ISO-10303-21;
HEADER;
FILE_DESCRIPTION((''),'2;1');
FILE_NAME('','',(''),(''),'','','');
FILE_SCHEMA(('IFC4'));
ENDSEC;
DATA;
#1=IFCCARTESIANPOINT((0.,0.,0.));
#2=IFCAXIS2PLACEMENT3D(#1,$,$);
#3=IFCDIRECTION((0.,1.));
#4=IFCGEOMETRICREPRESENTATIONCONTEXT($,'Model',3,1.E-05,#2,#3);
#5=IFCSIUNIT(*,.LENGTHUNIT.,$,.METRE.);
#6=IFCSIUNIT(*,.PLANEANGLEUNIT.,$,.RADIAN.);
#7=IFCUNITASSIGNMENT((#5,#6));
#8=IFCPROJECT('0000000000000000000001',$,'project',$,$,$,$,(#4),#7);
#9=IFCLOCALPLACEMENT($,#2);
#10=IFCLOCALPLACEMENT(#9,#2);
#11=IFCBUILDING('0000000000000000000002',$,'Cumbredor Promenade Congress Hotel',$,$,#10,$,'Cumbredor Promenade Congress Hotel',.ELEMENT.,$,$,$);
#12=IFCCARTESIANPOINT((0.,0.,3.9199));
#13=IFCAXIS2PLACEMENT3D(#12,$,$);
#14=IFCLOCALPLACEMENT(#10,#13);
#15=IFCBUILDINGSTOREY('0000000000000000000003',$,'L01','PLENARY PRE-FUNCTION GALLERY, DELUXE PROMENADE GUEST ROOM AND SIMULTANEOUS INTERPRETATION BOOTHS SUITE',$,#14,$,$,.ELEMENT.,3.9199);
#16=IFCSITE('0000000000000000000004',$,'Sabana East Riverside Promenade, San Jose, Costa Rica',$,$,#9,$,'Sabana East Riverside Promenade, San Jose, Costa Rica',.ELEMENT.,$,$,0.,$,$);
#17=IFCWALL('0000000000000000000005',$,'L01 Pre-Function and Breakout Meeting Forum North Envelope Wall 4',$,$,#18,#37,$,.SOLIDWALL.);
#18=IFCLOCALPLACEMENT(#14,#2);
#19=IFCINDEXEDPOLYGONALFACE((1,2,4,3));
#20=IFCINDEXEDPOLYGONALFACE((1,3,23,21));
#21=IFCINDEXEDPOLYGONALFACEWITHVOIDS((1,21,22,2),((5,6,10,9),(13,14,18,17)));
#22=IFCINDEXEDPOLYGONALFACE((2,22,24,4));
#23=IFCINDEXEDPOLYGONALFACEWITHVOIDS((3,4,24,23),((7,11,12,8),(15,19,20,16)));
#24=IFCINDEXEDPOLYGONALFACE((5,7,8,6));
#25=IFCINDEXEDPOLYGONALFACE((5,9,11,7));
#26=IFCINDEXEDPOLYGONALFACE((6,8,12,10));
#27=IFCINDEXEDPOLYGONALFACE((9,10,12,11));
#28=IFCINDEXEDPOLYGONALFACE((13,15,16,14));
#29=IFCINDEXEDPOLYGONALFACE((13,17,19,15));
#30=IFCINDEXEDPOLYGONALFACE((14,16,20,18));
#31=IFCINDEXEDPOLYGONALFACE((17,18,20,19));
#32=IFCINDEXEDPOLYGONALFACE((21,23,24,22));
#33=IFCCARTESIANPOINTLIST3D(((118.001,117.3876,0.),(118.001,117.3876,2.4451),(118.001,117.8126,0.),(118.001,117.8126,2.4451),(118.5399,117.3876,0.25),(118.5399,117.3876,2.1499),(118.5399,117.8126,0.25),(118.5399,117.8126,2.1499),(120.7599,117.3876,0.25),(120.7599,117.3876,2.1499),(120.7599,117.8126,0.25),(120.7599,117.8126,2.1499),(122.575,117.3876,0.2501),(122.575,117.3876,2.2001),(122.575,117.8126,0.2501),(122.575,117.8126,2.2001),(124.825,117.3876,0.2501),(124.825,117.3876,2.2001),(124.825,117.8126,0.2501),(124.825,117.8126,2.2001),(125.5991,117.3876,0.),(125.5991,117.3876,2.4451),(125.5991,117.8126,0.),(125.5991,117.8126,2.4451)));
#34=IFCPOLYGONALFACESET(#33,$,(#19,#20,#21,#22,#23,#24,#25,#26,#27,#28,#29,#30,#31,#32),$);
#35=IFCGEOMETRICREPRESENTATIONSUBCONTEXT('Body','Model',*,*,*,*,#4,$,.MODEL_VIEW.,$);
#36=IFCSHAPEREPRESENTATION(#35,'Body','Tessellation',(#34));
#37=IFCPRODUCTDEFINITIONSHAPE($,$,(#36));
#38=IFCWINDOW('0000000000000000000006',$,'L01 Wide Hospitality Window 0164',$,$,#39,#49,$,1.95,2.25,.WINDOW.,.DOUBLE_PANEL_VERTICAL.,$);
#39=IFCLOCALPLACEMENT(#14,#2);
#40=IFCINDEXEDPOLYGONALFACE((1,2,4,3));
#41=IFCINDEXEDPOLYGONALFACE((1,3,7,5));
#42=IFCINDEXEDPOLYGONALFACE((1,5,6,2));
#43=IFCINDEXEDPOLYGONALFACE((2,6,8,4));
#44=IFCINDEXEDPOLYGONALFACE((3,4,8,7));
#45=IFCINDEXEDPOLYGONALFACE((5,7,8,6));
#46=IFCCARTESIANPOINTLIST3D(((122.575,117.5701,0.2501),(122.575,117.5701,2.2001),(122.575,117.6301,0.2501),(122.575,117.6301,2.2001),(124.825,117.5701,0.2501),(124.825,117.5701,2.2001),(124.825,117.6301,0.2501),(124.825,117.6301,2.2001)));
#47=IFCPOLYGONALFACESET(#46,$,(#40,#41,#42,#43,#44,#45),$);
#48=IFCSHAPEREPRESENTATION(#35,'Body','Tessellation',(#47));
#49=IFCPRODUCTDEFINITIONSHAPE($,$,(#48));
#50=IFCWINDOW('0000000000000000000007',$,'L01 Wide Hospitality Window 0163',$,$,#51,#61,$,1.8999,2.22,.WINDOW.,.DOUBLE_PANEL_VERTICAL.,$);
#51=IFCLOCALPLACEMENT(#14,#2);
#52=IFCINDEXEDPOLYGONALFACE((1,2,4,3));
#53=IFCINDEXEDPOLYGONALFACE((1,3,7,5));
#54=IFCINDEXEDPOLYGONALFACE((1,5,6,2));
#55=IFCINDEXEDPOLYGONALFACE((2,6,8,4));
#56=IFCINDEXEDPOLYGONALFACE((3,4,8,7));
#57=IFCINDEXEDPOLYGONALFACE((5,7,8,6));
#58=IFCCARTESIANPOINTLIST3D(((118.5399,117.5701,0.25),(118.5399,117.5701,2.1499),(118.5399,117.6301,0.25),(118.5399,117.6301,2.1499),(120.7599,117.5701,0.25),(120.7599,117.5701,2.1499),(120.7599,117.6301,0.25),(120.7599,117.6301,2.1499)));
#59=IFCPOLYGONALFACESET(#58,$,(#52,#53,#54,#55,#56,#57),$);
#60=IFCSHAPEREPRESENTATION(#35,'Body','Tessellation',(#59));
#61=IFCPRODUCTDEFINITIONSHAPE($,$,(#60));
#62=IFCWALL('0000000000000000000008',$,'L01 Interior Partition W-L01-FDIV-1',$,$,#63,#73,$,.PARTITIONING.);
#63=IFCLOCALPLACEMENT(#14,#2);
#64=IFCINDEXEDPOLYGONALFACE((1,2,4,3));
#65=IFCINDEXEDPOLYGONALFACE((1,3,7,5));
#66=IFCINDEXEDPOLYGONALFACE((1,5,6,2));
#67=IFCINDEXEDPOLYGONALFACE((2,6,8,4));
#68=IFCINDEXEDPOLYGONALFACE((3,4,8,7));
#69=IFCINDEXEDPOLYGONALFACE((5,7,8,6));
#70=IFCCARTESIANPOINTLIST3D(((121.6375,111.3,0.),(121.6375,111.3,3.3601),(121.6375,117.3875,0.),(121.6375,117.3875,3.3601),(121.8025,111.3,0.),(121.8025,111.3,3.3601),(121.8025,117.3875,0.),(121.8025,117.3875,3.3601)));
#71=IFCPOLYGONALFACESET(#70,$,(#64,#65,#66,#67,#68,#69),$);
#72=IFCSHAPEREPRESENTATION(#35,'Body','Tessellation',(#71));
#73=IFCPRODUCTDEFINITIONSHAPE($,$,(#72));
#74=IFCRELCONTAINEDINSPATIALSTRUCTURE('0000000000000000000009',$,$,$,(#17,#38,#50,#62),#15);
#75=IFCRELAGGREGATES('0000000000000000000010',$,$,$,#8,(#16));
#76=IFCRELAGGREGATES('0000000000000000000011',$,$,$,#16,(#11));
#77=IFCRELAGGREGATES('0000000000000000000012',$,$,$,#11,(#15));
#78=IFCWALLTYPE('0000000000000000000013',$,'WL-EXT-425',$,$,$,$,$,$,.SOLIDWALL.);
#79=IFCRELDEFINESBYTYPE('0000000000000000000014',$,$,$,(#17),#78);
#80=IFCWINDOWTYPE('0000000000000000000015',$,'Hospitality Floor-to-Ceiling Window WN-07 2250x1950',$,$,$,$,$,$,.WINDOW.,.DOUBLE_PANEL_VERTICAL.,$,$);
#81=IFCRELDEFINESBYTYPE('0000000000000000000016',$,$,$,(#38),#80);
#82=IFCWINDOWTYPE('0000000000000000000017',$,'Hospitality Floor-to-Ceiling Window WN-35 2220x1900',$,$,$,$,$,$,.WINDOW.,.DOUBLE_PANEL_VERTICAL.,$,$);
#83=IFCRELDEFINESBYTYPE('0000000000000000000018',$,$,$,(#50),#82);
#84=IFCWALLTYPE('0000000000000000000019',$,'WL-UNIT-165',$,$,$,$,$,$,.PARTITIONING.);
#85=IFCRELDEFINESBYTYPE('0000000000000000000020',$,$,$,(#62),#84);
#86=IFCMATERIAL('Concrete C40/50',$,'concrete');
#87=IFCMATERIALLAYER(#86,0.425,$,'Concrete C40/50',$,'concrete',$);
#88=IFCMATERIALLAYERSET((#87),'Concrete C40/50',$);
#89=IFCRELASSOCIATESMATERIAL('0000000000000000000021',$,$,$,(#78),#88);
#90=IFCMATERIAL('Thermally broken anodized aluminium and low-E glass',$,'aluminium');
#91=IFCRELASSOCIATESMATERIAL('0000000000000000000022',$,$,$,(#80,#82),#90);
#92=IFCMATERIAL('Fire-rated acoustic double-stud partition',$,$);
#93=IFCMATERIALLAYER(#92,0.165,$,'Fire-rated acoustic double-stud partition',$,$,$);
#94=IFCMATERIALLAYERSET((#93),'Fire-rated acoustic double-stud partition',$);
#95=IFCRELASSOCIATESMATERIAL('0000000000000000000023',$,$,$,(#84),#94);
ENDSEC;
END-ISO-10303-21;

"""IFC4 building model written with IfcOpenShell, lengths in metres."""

from ifc_helpers import new_model, si_unit, direction, frame, frame_2d, origin, place, context, subcontext, project, spatial, rectangle, extrude, material, layer, layer_set, type_object, element, fill, save


model = new_model("IFC4")

# Units and contexts
model_context = context("Model", 3, precision=1e-05, world=origin(), true_north=direction((0.0, 1.0)))
body_context = subcontext(model_context, "Body", "Model", "MODEL_VIEW")
ifc_project = project(units=[si_unit("LENGTHUNIT", "METRE"), si_unit("PLANEANGLEUNIT", "RADIAN")], contexts=[model_context])

# Site, building, storey
site_placement = place(None, origin())
site = spatial("IfcSite", under=ifc_project, at=site_placement, Name="Sabana East Riverside Promenade, San Jose, Costa Rica", LongName="Sabana East Riverside Promenade, San Jose, Costa Rica", CompositionType="ELEMENT", RefElevation=0.0)
building_placement = place(site_placement, origin())
building = spatial("IfcBuilding", under=site, at=building_placement, Name="Cumbredor Promenade Congress Hotel", LongName="Cumbredor Promenade Congress Hotel", CompositionType="ELEMENT")
storey_placement = place(building_placement, frame((0.0, 0.0, 3.9199)))
storey = spatial("IfcBuildingStorey", under=building, at=storey_placement, Name="L01", Description="PLENARY PRE-FUNCTION GALLERY, DELUXE PROMENADE GUEST ROOM AND SIMULTANEOUS INTERPRETATION BOOTHS SUITE", CompositionType="ELEMENT", Elevation=3.9199)

# Shared definitions
ifc_material_1 = material(Name="Thermally broken anodized aluminium and low-E glass", Category="aluminium")

# Shared definitions
ifc_material_2 = material(Name="Concrete C40/50", Category="concrete")

# Wall, openings, windows
ifc_layer_1 = layer(ifc_material_2, 0.425, Name="Concrete C40/50", Category="concrete")
ifc_layer_set_1 = layer_set([ifc_layer_1], Name="Concrete C40/50")
wall_type_1 = type_object("IfcWallType", Name="WL-EXT-425", PredefinedType="SOLIDWALL", material=ifc_layer_set_1)
wall_1_placement = place(storey_placement, frame((118.001, 117.6001, 0.0), z_axis=(0.0, 0.0, 1.0), x_axis=(1.0, 0.0, 0.0)))
wall_1 = element("IfcWall", 1, at=wall_1_placement, inside=storey, type_object=wall_type_1, Name="L01 Pre-Function and Breakout Meeting Forum North Envelope Wall 4", PredefinedType="SOLIDWALL", context=body_context, shape_type="SweptSolid", body=[
    extrude(rectangle(XDim=7.5981, YDim=0.425, at=frame_2d((3.7991, 0.0))), origin(), (0.0, 0.0, 1.0), 2.4451),
])
opening_1_placement = place(wall_1_placement, frame((0.5391, 0.0, 0.25)))
opening_1 = element("IfcOpeningElement", 2, at=opening_1_placement, cuts=wall_1, PredefinedType="OPENING", context=body_context, shape_type="SweptSolid", body=[
    extrude(rectangle(XDim=2.22, YDim=1.8999, at=frame_2d((1.1099, 0.95))), frame((0.0, 0.2227, 0.0), z_axis=(0.0, -1.0, 0.0), x_axis=(1.0, 0.0, 0.0)), (0.0, 0.0, 1.0), 0.4451),
])
opening_2_placement = place(wall_1_placement, frame((4.574, 0.0, 0.25)))
opening_2 = element("IfcOpeningElement", 3, at=opening_2_placement, cuts=wall_1, PredefinedType="OPENING", context=body_context, shape_type="SweptSolid", body=[
    extrude(rectangle(XDim=2.25, YDim=1.95, at=frame_2d((1.125, 0.9751))), frame((0.0, 0.2227, 0.0), z_axis=(0.0, -1.0, 0.0), x_axis=(1.0, 0.0, 0.0)), (0.0, 0.0, 1.0), 0.4451),
])
window_type_1 = type_object("IfcWindowType", Name="Hospitality Floor-to-Ceiling Window WN-07 2250x1950", PartitioningType="DOUBLE_PANEL_VERTICAL", PredefinedType="WINDOW", material=ifc_material_1)
window_1_placement = place(opening_2_placement, origin())
window_1 = element("IfcWindow", 4, at=window_1_placement, inside=storey, type_object=window_type_1, Name="L01 Wide Hospitality Window 0164", OverallHeight=1.95, OverallWidth=2.25, PartitioningType="DOUBLE_PANEL_VERTICAL", PredefinedType="WINDOW", context=body_context, shape_type="SweptSolid", body=[
    extrude(rectangle(XDim=2.25, YDim=1.95, at=frame_2d((1.125, 0.9751))), frame((0.0, 0.03, 0.0), z_axis=(0.0, -1.0, 0.0), x_axis=(1.0, 0.0, 0.0)), (0.0, 0.0, 1.0), 0.0601),
])
fill(opening_2, window_1)
window_type_2 = type_object("IfcWindowType", Name="Hospitality Floor-to-Ceiling Window WN-35 2220x1900", PartitioningType="DOUBLE_PANEL_VERTICAL", PredefinedType="WINDOW", material=ifc_material_1)
window_2_placement = place(opening_1_placement, origin())
window_2 = element("IfcWindow", 5, at=window_2_placement, inside=storey, type_object=window_type_2, Name="L01 Wide Hospitality Window 0163", OverallHeight=1.8999, OverallWidth=2.22, PartitioningType="DOUBLE_PANEL_VERTICAL", PredefinedType="WINDOW", context=body_context, shape_type="SweptSolid", body=[
    extrude(rectangle(XDim=2.22, YDim=1.8999, at=frame_2d((1.1099, 0.95))), frame((0.0, 0.03, 0.0), z_axis=(0.0, -1.0, 0.0), x_axis=(1.0, 0.0, 0.0)), (0.0, 0.0, 1.0), 0.0601),
])
fill(opening_1, window_2)

# Wall
ifc_material_3 = material(Name="Fire-rated acoustic double-stud partition")
ifc_layer_2 = layer(ifc_material_3, 0.165, Name="Fire-rated acoustic double-stud partition")
ifc_layer_set_2 = layer_set([ifc_layer_2], Name="Fire-rated acoustic double-stud partition")
wall_type_2 = type_object("IfcWallType", Name="WL-UNIT-165", PredefinedType="PARTITIONING", material=ifc_layer_set_2)
wall_2_placement = place(storey_placement, frame((121.72, 111.3, 0.0), z_axis=(0.0, 0.0, 1.0), x_axis=(0.0, 1.0, 0.0)))
element("IfcWall", 6, at=wall_2_placement, inside=storey, type_object=wall_type_2, Name="L01 Interior Partition W-L01-FDIV-1", PredefinedType="PARTITIONING", context=body_context, shape_type="SweptSolid", body=[
    extrude(rectangle(XDim=6.0874, YDim=0.165, at=frame_2d((3.0437, 0.0))), origin(), (0.0, 0.0, 1.0), 3.3601),
])

save(model, "model.ifc")
